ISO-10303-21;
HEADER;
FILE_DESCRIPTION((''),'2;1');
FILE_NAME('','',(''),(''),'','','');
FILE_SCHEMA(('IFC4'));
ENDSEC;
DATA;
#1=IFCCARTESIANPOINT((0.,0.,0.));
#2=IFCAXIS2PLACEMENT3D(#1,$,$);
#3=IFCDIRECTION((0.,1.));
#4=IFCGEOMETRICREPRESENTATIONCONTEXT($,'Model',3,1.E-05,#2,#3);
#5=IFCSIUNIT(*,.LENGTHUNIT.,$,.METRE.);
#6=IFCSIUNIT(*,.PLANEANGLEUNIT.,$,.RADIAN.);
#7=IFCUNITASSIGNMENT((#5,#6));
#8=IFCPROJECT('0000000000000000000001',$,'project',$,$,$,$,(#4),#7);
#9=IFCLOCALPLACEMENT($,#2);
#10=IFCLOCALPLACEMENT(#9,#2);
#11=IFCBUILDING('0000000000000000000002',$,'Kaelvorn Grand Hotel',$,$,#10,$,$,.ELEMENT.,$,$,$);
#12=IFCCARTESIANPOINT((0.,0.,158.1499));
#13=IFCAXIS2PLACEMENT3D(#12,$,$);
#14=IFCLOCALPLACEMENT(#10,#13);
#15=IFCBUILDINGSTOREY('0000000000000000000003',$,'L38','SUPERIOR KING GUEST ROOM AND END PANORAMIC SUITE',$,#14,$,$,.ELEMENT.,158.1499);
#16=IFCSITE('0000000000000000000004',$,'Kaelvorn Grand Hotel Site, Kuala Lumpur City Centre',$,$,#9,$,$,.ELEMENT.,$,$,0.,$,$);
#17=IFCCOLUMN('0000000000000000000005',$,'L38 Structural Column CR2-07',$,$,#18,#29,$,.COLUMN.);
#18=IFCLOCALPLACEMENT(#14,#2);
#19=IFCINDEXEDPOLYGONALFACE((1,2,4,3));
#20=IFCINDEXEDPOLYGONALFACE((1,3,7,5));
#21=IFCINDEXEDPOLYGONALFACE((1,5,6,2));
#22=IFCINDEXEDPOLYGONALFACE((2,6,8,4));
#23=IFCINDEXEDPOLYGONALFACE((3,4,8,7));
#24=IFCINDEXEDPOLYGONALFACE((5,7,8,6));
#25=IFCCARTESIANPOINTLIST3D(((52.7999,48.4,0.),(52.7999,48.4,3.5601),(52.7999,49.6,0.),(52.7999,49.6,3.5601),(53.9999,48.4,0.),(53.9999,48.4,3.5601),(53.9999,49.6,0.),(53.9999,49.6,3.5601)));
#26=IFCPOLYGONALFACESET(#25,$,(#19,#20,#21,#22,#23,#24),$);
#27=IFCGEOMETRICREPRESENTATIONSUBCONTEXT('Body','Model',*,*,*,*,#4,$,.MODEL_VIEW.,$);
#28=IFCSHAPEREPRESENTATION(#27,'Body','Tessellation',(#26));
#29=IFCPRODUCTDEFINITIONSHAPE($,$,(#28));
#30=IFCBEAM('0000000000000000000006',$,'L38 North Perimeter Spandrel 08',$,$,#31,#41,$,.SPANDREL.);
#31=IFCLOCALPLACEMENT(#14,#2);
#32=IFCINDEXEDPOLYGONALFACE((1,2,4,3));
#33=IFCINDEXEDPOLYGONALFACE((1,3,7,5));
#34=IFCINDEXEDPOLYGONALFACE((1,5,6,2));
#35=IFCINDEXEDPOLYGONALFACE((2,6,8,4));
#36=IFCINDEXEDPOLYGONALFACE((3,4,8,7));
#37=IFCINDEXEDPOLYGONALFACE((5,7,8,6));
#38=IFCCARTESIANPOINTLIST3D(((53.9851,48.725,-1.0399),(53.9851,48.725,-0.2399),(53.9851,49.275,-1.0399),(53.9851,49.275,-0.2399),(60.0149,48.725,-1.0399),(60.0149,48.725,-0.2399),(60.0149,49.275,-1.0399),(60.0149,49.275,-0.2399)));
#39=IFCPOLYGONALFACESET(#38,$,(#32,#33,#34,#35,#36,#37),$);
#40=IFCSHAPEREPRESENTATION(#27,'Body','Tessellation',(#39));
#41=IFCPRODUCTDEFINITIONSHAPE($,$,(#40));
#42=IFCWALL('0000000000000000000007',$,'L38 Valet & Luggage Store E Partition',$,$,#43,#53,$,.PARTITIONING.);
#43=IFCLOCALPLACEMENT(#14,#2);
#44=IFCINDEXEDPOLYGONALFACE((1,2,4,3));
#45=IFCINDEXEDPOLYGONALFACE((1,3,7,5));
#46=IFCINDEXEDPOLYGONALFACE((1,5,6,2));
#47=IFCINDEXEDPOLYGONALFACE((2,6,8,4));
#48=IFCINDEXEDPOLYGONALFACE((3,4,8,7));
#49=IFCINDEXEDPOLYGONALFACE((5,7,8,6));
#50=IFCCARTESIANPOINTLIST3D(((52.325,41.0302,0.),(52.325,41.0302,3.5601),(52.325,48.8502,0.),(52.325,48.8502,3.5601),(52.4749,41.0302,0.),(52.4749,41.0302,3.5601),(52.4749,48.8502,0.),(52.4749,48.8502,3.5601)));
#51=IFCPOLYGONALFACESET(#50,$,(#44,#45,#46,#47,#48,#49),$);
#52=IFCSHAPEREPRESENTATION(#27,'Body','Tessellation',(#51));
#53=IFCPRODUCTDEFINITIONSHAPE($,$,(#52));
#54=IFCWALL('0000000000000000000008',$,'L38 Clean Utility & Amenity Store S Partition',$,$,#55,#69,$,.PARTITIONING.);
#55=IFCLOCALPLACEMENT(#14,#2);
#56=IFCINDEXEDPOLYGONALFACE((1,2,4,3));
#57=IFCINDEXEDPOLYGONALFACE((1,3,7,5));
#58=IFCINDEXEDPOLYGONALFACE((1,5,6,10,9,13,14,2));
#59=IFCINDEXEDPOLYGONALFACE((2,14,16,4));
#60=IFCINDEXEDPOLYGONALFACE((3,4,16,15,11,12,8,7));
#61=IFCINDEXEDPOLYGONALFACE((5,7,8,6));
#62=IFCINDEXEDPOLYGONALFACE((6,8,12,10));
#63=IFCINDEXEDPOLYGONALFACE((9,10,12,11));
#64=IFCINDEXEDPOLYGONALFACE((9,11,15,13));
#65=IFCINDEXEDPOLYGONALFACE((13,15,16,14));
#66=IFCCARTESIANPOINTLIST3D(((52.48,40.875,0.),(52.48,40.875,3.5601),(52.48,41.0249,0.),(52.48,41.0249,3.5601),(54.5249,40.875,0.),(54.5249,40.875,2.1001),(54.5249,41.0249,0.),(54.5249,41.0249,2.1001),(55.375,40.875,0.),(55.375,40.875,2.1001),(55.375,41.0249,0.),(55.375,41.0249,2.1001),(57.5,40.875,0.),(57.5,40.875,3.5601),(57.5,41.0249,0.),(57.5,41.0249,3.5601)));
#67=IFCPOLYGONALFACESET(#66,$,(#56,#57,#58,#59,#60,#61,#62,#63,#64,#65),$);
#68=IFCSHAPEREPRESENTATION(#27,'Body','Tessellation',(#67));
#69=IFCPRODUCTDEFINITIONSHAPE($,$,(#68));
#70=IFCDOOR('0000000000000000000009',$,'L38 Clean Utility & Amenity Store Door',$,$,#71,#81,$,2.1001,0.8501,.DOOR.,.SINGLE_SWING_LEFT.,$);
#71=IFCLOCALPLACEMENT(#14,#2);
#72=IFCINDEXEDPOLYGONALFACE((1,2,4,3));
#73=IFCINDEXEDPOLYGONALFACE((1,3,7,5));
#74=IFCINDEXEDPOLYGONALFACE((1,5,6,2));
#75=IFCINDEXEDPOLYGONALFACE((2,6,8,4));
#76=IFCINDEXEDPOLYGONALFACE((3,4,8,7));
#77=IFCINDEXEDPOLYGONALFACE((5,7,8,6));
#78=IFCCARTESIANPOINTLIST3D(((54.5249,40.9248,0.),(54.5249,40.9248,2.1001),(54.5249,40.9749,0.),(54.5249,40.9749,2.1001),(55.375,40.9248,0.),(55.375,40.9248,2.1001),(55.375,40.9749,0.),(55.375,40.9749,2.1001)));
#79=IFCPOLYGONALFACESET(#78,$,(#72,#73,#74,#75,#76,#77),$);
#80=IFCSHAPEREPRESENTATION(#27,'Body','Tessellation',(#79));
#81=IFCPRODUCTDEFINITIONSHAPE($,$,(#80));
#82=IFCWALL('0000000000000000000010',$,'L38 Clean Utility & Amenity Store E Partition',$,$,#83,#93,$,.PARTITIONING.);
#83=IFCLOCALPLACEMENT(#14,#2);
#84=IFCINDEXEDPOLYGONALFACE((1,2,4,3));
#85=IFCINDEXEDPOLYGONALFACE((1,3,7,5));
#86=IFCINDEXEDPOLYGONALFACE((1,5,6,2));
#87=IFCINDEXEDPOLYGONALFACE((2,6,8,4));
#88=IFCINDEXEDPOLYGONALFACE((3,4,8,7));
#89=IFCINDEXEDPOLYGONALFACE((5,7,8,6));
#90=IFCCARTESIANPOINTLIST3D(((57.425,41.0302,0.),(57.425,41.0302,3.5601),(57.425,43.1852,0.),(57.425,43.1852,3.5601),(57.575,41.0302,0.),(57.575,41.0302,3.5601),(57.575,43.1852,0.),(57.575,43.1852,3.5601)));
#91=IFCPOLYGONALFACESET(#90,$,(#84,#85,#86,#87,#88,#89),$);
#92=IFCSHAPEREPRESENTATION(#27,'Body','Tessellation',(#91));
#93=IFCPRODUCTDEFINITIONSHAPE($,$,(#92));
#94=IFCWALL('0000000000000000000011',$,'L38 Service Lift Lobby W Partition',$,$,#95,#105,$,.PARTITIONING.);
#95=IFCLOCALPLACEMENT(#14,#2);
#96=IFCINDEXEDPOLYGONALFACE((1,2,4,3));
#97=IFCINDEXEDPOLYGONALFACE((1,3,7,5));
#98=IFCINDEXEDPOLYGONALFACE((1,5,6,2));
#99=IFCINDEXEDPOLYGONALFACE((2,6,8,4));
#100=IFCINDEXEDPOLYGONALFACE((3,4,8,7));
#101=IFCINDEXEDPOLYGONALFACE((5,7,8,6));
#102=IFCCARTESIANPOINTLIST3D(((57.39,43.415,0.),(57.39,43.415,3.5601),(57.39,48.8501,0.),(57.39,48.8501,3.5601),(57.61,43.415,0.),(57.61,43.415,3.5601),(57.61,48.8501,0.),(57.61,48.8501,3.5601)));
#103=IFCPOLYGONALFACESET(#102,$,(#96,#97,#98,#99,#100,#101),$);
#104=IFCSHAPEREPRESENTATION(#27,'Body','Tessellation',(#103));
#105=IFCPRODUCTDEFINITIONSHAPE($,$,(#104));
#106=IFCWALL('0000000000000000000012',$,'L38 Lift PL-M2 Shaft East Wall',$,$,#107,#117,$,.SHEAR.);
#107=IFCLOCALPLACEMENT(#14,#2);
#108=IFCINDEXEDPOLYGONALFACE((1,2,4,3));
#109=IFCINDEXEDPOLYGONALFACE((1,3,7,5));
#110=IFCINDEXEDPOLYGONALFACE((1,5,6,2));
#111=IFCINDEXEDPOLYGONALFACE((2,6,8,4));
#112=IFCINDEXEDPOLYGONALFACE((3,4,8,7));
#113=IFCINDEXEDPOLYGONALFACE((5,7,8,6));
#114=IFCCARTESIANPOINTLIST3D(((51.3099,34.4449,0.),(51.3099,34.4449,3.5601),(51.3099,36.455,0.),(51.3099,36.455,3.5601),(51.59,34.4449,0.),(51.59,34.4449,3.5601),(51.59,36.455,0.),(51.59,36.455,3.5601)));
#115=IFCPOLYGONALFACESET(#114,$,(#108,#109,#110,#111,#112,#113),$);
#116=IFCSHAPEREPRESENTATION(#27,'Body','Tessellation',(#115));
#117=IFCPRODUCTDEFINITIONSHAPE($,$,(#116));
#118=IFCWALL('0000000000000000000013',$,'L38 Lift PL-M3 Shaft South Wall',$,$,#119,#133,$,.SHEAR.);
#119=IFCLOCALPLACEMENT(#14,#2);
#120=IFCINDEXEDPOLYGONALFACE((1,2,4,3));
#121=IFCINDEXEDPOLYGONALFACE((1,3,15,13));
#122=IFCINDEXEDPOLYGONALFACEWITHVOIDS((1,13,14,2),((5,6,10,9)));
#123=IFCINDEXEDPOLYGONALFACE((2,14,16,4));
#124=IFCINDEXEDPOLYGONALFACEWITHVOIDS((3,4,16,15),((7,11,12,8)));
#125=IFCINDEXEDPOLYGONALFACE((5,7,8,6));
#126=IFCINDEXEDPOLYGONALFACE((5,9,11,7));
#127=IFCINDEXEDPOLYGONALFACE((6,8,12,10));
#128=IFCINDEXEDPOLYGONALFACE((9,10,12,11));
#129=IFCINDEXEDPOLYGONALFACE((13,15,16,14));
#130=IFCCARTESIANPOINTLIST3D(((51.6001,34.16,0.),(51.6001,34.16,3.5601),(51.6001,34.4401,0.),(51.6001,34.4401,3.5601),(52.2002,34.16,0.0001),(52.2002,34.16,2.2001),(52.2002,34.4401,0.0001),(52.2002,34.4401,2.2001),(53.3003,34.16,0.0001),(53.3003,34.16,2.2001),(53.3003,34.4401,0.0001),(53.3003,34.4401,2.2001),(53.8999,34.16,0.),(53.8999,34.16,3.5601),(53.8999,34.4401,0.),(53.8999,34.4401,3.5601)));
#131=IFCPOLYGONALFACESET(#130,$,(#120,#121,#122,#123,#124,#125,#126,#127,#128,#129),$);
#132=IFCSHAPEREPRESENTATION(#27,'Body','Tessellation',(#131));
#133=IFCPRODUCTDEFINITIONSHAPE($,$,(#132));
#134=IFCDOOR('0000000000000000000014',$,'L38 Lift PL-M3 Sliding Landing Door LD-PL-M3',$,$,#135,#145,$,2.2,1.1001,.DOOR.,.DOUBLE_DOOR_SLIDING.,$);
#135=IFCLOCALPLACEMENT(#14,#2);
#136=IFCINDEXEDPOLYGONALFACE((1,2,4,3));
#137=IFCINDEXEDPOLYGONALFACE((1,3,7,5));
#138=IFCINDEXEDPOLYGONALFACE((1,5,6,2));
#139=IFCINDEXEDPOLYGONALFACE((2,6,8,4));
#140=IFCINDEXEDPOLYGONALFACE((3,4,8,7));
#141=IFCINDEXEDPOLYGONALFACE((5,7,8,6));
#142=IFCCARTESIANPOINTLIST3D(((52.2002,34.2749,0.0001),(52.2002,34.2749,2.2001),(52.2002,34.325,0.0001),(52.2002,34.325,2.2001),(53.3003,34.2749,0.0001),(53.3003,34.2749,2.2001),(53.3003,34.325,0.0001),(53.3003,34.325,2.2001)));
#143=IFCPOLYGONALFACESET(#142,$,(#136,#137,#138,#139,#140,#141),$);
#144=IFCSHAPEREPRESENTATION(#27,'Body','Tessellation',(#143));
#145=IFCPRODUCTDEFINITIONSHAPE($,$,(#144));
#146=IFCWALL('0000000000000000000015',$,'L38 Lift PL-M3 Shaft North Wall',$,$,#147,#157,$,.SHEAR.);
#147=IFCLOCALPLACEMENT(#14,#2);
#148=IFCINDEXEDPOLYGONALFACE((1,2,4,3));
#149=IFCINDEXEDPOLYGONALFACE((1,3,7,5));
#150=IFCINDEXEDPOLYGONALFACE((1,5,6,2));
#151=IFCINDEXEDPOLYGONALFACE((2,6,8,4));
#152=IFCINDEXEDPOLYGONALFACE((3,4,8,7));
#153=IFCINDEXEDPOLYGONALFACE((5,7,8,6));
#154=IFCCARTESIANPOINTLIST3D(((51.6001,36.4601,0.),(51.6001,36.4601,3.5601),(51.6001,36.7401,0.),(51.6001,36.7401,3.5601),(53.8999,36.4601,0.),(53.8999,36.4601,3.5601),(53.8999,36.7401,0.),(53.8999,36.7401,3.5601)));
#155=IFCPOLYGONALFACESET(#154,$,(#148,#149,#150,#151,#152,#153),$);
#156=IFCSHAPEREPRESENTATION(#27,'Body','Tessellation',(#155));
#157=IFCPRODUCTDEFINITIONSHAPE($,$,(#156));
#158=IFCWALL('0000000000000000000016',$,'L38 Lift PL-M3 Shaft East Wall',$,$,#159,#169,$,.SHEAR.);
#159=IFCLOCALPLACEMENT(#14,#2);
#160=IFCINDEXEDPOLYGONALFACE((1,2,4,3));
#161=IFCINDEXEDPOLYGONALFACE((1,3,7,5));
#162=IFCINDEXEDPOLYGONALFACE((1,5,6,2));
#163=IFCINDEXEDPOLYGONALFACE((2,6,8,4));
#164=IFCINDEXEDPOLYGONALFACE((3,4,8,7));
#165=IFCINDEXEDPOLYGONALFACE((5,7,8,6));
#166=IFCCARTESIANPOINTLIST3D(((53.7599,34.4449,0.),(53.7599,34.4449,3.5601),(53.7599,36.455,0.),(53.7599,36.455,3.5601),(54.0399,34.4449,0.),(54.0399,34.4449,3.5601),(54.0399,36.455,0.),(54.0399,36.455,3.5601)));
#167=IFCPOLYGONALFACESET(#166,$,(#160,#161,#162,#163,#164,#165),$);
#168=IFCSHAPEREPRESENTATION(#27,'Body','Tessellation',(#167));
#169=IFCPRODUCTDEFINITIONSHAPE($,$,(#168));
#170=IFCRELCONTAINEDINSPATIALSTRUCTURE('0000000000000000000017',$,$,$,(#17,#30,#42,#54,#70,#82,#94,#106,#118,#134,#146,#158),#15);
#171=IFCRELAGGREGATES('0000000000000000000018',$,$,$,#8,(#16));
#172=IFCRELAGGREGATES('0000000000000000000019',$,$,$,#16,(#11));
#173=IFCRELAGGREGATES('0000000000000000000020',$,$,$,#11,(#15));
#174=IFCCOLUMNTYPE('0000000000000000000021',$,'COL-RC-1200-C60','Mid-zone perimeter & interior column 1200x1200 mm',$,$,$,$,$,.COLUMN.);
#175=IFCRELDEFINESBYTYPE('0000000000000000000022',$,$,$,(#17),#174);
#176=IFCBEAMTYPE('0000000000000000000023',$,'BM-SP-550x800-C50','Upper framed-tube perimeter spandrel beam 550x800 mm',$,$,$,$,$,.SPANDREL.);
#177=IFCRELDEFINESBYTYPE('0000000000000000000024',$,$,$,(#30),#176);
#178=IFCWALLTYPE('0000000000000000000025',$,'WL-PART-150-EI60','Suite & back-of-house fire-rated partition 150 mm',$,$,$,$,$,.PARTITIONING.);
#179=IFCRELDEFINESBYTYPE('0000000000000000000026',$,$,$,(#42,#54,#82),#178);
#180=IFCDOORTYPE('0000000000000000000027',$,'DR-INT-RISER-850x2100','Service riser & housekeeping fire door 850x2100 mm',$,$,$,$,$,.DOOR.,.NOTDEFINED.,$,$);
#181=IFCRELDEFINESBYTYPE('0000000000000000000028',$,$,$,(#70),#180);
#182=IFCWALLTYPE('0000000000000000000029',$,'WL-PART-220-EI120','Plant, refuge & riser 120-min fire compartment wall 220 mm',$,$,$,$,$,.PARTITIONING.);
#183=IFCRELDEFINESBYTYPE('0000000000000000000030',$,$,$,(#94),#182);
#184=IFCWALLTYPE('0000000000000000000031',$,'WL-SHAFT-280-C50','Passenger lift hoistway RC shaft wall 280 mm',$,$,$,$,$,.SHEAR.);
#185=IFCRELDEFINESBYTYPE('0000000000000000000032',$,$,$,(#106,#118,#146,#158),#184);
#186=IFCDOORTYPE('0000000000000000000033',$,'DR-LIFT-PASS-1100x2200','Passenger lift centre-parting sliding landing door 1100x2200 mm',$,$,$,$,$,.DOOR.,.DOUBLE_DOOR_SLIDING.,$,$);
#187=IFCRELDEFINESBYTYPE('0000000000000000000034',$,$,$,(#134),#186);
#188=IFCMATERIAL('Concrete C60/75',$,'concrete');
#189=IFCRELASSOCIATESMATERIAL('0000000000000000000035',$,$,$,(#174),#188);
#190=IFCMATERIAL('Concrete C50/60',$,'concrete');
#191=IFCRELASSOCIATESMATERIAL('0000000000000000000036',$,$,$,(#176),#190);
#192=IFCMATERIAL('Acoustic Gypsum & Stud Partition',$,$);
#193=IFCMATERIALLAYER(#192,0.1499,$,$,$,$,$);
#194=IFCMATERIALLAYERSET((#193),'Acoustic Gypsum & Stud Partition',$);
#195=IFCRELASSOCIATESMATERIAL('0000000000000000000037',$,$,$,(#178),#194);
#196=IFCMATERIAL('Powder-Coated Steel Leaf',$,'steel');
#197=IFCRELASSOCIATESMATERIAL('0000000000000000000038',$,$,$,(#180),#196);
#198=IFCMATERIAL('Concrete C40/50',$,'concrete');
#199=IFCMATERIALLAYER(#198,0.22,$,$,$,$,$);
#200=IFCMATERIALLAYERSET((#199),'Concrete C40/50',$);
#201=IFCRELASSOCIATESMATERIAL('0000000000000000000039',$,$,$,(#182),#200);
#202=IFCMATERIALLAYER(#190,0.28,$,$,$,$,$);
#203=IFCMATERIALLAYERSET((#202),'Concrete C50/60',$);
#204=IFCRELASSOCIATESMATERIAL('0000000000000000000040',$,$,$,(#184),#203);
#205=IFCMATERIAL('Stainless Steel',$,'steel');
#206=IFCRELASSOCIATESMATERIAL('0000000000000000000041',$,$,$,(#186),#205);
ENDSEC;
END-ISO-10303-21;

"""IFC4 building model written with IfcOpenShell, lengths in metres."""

from ifc_helpers import new_model, si_unit, direction, frame, frame_2d, origin, origin_2d, place, context, subcontext, project, spatial, rectangle, extrude, material, layer, layer_set, material_profile, profile_set, type_object, element, fill, save


model = new_model("IFC4")

# Units and contexts
model_context = context("Model", 3, precision=1e-05, world=origin(), true_north=direction((0.0, 1.0)))
body_context = subcontext(model_context, "Body", "Model", "MODEL_VIEW")
ifc_project = project(units=[si_unit("LENGTHUNIT", "METRE"), si_unit("PLANEANGLEUNIT", "RADIAN")], contexts=[model_context])

# Site, building, storey
site_placement = place(None, origin())
site = spatial("IfcSite", under=ifc_project, at=site_placement, Name="Kaelvorn Grand Hotel Site, Kuala Lumpur City Centre", CompositionType="ELEMENT", RefElevation=0.0)
building_placement = place(site_placement, origin())
building = spatial("IfcBuilding", under=site, at=building_placement, Name="Kaelvorn Grand Hotel", CompositionType="ELEMENT")
storey_placement = place(building_placement, frame((0.0, 0.0, 158.1499)))
storey = spatial("IfcBuildingStorey", under=building, at=storey_placement, Name="L38", Description="SUPERIOR KING GUEST ROOM AND END PANORAMIC SUITE", CompositionType="ELEMENT", Elevation=158.1499)

# Column
ifc_material_1 = material(Name="Concrete C60/75", Category="concrete")
ifc_material_profile_1 = material_profile(ifc_material_1, rectangle(XDim=1.2, YDim=1.2, at=origin_2d()), Name="RC COL 1200x1200")
ifc_profile_set_1 = profile_set([ifc_material_profile_1], Name="Concrete C60/75")
column_type = type_object("IfcColumnType", Name="COL-RC-1200-C60", Description="Mid-zone perimeter & interior column 1200x1200 mm", PredefinedType="COLUMN", material=ifc_profile_set_1)
column_placement = place(storey_placement, frame((53.3999, 49.0, 0.0), z_axis=(0.0, 0.0, 1.0), x_axis=(1.0, 0.0, 0.0)))
element("IfcColumn", 1, at=column_placement, inside=storey, type_object=column_type, Name="L38 Structural Column CR2-07", PredefinedType="COLUMN", context=body_context, shape_type="SweptSolid", body=[
    extrude(rectangle(XDim=1.2, YDim=1.2, at=origin_2d()), origin(), (0.0, 0.0, 1.0), 3.5601),
])

# Beam
ifc_material_2 = material(Name="Concrete C50/60", Category="concrete")
ifc_material_profile_2 = material_profile(ifc_material_2, rectangle(XDim=0.55, YDim=0.8, at=origin_2d()), Name="RC SPANDREL 550x800")
ifc_profile_set_2 = profile_set([ifc_material_profile_2], Name="Concrete C50/60")
beam_type = type_object("IfcBeamType", Name="BM-SP-550x800-C50", Description="Upper framed-tube perimeter spandrel beam 550x800 mm", PredefinedType="SPANDREL", material=ifc_profile_set_2)
beam_placement = place(storey_placement, frame((53.9851, 49.0, -0.6399), z_axis=(1.0, 0.0, 0.0), x_axis=(0.0, 1.0, 0.0)))
element("IfcBeam", 2, at=beam_placement, inside=storey, type_object=beam_type, Name="L38 North Perimeter Spandrel 08", PredefinedType="SPANDREL", context=body_context, shape_type="SweptSolid", body=[
    extrude(rectangle(XDim=0.55, YDim=0.8, at=origin_2d()), origin(), (0.0, 0.0, 1.0), 6.0298),
])

# Wall
ifc_material_3 = material(Name="Acoustic Gypsum & Stud Partition")
ifc_layer_1 = layer(ifc_material_3, 0.1499)
ifc_layer_set_1 = layer_set([ifc_layer_1], Name="Acoustic Gypsum & Stud Partition")
wall_type_1 = type_object("IfcWallType", Name="WL-PART-150-EI60", Description="Suite & back-of-house fire-rated partition 150 mm", PredefinedType="PARTITIONING", material=ifc_layer_set_1)
wall_1_placement = place(storey_placement, frame((52.3999, 41.03, 0.0), z_axis=(0.0, 0.0, 1.0), x_axis=(0.0, 1.0, 0.0)))
element("IfcWall", 3, at=wall_1_placement, inside=storey, type_object=wall_type_1, Name="L38 Valet & Luggage Store E Partition", PredefinedType="PARTITIONING", context=body_context, shape_type="SweptSolid", body=[
    extrude(rectangle(XDim=7.8201, YDim=0.1499, at=frame_2d((3.9102, 0.0))), origin(), (0.0, 0.0, 1.0), 3.5601),
])

# Wall, opening, door
wall_2_placement = place(storey_placement, frame((52.48, 40.95, 0.0), z_axis=(0.0, 0.0, 1.0), x_axis=(1.0, 0.0, 0.0)))
wall_2 = element("IfcWall", 4, at=wall_2_placement, inside=storey, type_object=wall_type_1, Name="L38 Clean Utility & Amenity Store S Partition", PredefinedType="PARTITIONING", context=body_context, shape_type="SweptSolid", body=[
    extrude(rectangle(XDim=5.02, YDim=0.1499, at=frame_2d((2.51, 0.0))), origin(), (0.0, 0.0, 1.0), 3.5601),
])
opening_1_placement = place(wall_2_placement, frame((2.0449, 0.0, 0.0)))
opening_1 = element("IfcOpeningElement", 5, at=opening_1_placement, cuts=wall_2, PredefinedType="OPENING", context=body_context, shape_type="SweptSolid", body=[
    extrude(rectangle(XDim=0.8501, YDim=2.1001, at=frame_2d((0.425, 1.05))), frame((0.0, 0.085, 0.0), z_axis=(0.0, -1.0, 0.0), x_axis=(1.0, 0.0, 0.0)), (0.0, 0.0, 1.0), 0.1699),
])
ifc_material_4 = material(Name="Powder-Coated Steel Leaf", Category="steel")
door_type_1 = type_object("IfcDoorType", Name="DR-INT-RISER-850x2100", Description="Service riser & housekeeping fire door 850x2100 mm", OperationType="NOTDEFINED", PredefinedType="DOOR", material=ifc_material_4)
door_1_placement = place(opening_1_placement, origin())
door_1 = element("IfcDoor", 6, at=door_1_placement, inside=storey, type_object=door_type_1, Name="L38 Clean Utility & Amenity Store Door", OperationType="SINGLE_SWING_LEFT", OverallHeight=2.1001, OverallWidth=0.8501, PredefinedType="DOOR", context=body_context, shape_type="SweptSolid", body=[
    extrude(rectangle(XDim=0.8501, YDim=2.1001, at=frame_2d((0.425, 1.05))), frame((0.0, 0.0249, 0.0), z_axis=(0.0, -1.0, 0.0), x_axis=(1.0, 0.0, 0.0)), (0.0, 0.0, 1.0), 0.05),
])
fill(opening_1, door_1)

# Wall
wall_3_placement = place(storey_placement, frame((57.5, 41.03, 0.0), z_axis=(0.0, 0.0, 1.0), x_axis=(0.0, 1.0, 0.0)))
element("IfcWall", 7, at=wall_3_placement, inside=storey, type_object=wall_type_1, Name="L38 Clean Utility & Amenity Store E Partition", PredefinedType="PARTITIONING", context=body_context, shape_type="SweptSolid", body=[
    extrude(rectangle(XDim=2.155, YDim=0.1499, at=frame_2d((1.0776, 0.0))), origin(), (0.0, 0.0, 1.0), 3.5601),
])

# Shared definitions
ifc_material_5 = material(Name="Concrete C40/50", Category="concrete")
ifc_layer_2 = layer(ifc_material_5, 0.22)
ifc_layer_set_2 = layer_set([ifc_layer_2], Name="Concrete C40/50")
wall_type_2 = type_object("IfcWallType", Name="WL-PART-220-EI120", Description="Plant, refuge & riser 120-min fire compartment wall 220 mm", PredefinedType="PARTITIONING", material=ifc_layer_set_2)

# Walls
wall_4_placement = place(storey_placement, frame((57.5, 43.415, 0.0), z_axis=(0.0, 0.0, 1.0), x_axis=(0.0, 1.0, 0.0)))
element("IfcWall", 8, at=wall_4_placement, inside=storey, type_object=wall_type_2, Name="L38 Service Lift Lobby W Partition", PredefinedType="PARTITIONING", context=body_context, shape_type="SweptSolid", body=[
    extrude(rectangle(XDim=5.4351, YDim=0.22, at=frame_2d((2.7175, 0.0))), origin(), (0.0, 0.0, 1.0), 3.5601),
])
ifc_layer_3 = layer(ifc_material_2, 0.28)
ifc_layer_set_3 = layer_set([ifc_layer_3], Name="Concrete C50/60")
wall_type_3 = type_object("IfcWallType", Name="WL-SHAFT-280-C50", Description="Passenger lift hoistway RC shaft wall 280 mm", PredefinedType="SHEAR", material=ifc_layer_set_3)
wall_5_placement = place(storey_placement, frame((51.45, 34.4451, 0.0), z_axis=(0.0, 0.0, 1.0), x_axis=(0.0, 1.0, 0.0)))
element("IfcWall", 9, at=wall_5_placement, inside=storey, type_object=wall_type_3, Name="L38 Lift PL-M2 Shaft East Wall", PredefinedType="SHEAR", context=body_context, shape_type="SweptSolid", body=[
    extrude(rectangle(XDim=2.01, YDim=0.28, at=frame_2d((1.0049, 0.0))), origin(), (0.0, 0.0, 1.0), 3.5601),
])

# Wall, opening, door
wall_6_placement = place(storey_placement, frame((51.6001, 34.3, 0.0), z_axis=(0.0, 0.0, 1.0), x_axis=(1.0, 0.0, 0.0)))
wall_6 = element("IfcWall", 10, at=wall_6_placement, inside=storey, type_object=wall_type_3, Name="L38 Lift PL-M3 Shaft South Wall", PredefinedType="SHEAR", context=body_context, shape_type="SweptSolid", body=[
    extrude(rectangle(XDim=2.2998, YDim=0.28, at=frame_2d((1.1499, 0.0))), origin(), (0.0, 0.0, 1.0), 3.5601),
])
opening_2_placement = place(wall_6_placement, frame((0.6001, 0.0, 0.0)))
opening_2 = element("IfcOpeningElement", 11, at=opening_2_placement, cuts=wall_6, PredefinedType="OPENING", context=body_context, shape_type="SweptSolid", body=[
    extrude(rectangle(XDim=1.1001, YDim=2.2, at=frame_2d((0.55, 1.1001))), frame((0.0, 0.1499, 0.0), z_axis=(0.0, -1.0, 0.0), x_axis=(1.0, 0.0, 0.0)), (0.0, 0.0, 1.0), 0.3),
])
ifc_material_6 = material(Name="Stainless Steel", Category="steel")
door_type_2 = type_object("IfcDoorType", Name="DR-LIFT-PASS-1100x2200", Description="Passenger lift centre-parting sliding landing door 1100x2200 mm", OperationType="DOUBLE_DOOR_SLIDING", PredefinedType="DOOR", material=ifc_material_6)
door_2_placement = place(opening_2_placement, origin())
door_2 = element("IfcDoor", 12, at=door_2_placement, inside=storey, type_object=door_type_2, Name="L38 Lift PL-M3 Sliding Landing Door LD-PL-M3", OperationType="DOUBLE_DOOR_SLIDING", OverallHeight=2.2, OverallWidth=1.1001, PredefinedType="DOOR", context=body_context, shape_type="SweptSolid", body=[
    extrude(rectangle(XDim=1.1001, YDim=2.2, at=frame_2d((0.55, 1.1001))), frame((0.0, 0.0249, 0.0), z_axis=(0.0, -1.0, 0.0), x_axis=(1.0, 0.0, 0.0)), (0.0, 0.0, 1.0), 0.05),
])
fill(opening_2, door_2)

# Walls
wall_7_placement = place(storey_placement, frame((51.6001, 36.6001, 0.0), z_axis=(0.0, 0.0, 1.0), x_axis=(1.0, 0.0, 0.0)))
element("IfcWall", 13, at=wall_7_placement, inside=storey, type_object=wall_type_3, Name="L38 Lift PL-M3 Shaft North Wall", PredefinedType="SHEAR", context=body_context, shape_type="SweptSolid", body=[
    extrude(rectangle(XDim=2.2998, YDim=0.28, at=frame_2d((1.1499, 0.0))), origin(), (0.0, 0.0, 1.0), 3.5601),
])
wall_8_placement = place(storey_placement, frame((53.8999, 34.4451, 0.0), z_axis=(0.0, 0.0, 1.0), x_axis=(0.0, 1.0, 0.0)))
element("IfcWall", 14, at=wall_8_placement, inside=storey, type_object=wall_type_3, Name="L38 Lift PL-M3 Shaft East Wall", PredefinedType="SHEAR", context=body_context, shape_type="SweptSolid", body=[
    extrude(rectangle(XDim=2.01, YDim=0.28, at=frame_2d((1.0049, 0.0))), origin(), (0.0, 0.0, 1.0), 3.5601),
])

save(model, "model.ifc")
